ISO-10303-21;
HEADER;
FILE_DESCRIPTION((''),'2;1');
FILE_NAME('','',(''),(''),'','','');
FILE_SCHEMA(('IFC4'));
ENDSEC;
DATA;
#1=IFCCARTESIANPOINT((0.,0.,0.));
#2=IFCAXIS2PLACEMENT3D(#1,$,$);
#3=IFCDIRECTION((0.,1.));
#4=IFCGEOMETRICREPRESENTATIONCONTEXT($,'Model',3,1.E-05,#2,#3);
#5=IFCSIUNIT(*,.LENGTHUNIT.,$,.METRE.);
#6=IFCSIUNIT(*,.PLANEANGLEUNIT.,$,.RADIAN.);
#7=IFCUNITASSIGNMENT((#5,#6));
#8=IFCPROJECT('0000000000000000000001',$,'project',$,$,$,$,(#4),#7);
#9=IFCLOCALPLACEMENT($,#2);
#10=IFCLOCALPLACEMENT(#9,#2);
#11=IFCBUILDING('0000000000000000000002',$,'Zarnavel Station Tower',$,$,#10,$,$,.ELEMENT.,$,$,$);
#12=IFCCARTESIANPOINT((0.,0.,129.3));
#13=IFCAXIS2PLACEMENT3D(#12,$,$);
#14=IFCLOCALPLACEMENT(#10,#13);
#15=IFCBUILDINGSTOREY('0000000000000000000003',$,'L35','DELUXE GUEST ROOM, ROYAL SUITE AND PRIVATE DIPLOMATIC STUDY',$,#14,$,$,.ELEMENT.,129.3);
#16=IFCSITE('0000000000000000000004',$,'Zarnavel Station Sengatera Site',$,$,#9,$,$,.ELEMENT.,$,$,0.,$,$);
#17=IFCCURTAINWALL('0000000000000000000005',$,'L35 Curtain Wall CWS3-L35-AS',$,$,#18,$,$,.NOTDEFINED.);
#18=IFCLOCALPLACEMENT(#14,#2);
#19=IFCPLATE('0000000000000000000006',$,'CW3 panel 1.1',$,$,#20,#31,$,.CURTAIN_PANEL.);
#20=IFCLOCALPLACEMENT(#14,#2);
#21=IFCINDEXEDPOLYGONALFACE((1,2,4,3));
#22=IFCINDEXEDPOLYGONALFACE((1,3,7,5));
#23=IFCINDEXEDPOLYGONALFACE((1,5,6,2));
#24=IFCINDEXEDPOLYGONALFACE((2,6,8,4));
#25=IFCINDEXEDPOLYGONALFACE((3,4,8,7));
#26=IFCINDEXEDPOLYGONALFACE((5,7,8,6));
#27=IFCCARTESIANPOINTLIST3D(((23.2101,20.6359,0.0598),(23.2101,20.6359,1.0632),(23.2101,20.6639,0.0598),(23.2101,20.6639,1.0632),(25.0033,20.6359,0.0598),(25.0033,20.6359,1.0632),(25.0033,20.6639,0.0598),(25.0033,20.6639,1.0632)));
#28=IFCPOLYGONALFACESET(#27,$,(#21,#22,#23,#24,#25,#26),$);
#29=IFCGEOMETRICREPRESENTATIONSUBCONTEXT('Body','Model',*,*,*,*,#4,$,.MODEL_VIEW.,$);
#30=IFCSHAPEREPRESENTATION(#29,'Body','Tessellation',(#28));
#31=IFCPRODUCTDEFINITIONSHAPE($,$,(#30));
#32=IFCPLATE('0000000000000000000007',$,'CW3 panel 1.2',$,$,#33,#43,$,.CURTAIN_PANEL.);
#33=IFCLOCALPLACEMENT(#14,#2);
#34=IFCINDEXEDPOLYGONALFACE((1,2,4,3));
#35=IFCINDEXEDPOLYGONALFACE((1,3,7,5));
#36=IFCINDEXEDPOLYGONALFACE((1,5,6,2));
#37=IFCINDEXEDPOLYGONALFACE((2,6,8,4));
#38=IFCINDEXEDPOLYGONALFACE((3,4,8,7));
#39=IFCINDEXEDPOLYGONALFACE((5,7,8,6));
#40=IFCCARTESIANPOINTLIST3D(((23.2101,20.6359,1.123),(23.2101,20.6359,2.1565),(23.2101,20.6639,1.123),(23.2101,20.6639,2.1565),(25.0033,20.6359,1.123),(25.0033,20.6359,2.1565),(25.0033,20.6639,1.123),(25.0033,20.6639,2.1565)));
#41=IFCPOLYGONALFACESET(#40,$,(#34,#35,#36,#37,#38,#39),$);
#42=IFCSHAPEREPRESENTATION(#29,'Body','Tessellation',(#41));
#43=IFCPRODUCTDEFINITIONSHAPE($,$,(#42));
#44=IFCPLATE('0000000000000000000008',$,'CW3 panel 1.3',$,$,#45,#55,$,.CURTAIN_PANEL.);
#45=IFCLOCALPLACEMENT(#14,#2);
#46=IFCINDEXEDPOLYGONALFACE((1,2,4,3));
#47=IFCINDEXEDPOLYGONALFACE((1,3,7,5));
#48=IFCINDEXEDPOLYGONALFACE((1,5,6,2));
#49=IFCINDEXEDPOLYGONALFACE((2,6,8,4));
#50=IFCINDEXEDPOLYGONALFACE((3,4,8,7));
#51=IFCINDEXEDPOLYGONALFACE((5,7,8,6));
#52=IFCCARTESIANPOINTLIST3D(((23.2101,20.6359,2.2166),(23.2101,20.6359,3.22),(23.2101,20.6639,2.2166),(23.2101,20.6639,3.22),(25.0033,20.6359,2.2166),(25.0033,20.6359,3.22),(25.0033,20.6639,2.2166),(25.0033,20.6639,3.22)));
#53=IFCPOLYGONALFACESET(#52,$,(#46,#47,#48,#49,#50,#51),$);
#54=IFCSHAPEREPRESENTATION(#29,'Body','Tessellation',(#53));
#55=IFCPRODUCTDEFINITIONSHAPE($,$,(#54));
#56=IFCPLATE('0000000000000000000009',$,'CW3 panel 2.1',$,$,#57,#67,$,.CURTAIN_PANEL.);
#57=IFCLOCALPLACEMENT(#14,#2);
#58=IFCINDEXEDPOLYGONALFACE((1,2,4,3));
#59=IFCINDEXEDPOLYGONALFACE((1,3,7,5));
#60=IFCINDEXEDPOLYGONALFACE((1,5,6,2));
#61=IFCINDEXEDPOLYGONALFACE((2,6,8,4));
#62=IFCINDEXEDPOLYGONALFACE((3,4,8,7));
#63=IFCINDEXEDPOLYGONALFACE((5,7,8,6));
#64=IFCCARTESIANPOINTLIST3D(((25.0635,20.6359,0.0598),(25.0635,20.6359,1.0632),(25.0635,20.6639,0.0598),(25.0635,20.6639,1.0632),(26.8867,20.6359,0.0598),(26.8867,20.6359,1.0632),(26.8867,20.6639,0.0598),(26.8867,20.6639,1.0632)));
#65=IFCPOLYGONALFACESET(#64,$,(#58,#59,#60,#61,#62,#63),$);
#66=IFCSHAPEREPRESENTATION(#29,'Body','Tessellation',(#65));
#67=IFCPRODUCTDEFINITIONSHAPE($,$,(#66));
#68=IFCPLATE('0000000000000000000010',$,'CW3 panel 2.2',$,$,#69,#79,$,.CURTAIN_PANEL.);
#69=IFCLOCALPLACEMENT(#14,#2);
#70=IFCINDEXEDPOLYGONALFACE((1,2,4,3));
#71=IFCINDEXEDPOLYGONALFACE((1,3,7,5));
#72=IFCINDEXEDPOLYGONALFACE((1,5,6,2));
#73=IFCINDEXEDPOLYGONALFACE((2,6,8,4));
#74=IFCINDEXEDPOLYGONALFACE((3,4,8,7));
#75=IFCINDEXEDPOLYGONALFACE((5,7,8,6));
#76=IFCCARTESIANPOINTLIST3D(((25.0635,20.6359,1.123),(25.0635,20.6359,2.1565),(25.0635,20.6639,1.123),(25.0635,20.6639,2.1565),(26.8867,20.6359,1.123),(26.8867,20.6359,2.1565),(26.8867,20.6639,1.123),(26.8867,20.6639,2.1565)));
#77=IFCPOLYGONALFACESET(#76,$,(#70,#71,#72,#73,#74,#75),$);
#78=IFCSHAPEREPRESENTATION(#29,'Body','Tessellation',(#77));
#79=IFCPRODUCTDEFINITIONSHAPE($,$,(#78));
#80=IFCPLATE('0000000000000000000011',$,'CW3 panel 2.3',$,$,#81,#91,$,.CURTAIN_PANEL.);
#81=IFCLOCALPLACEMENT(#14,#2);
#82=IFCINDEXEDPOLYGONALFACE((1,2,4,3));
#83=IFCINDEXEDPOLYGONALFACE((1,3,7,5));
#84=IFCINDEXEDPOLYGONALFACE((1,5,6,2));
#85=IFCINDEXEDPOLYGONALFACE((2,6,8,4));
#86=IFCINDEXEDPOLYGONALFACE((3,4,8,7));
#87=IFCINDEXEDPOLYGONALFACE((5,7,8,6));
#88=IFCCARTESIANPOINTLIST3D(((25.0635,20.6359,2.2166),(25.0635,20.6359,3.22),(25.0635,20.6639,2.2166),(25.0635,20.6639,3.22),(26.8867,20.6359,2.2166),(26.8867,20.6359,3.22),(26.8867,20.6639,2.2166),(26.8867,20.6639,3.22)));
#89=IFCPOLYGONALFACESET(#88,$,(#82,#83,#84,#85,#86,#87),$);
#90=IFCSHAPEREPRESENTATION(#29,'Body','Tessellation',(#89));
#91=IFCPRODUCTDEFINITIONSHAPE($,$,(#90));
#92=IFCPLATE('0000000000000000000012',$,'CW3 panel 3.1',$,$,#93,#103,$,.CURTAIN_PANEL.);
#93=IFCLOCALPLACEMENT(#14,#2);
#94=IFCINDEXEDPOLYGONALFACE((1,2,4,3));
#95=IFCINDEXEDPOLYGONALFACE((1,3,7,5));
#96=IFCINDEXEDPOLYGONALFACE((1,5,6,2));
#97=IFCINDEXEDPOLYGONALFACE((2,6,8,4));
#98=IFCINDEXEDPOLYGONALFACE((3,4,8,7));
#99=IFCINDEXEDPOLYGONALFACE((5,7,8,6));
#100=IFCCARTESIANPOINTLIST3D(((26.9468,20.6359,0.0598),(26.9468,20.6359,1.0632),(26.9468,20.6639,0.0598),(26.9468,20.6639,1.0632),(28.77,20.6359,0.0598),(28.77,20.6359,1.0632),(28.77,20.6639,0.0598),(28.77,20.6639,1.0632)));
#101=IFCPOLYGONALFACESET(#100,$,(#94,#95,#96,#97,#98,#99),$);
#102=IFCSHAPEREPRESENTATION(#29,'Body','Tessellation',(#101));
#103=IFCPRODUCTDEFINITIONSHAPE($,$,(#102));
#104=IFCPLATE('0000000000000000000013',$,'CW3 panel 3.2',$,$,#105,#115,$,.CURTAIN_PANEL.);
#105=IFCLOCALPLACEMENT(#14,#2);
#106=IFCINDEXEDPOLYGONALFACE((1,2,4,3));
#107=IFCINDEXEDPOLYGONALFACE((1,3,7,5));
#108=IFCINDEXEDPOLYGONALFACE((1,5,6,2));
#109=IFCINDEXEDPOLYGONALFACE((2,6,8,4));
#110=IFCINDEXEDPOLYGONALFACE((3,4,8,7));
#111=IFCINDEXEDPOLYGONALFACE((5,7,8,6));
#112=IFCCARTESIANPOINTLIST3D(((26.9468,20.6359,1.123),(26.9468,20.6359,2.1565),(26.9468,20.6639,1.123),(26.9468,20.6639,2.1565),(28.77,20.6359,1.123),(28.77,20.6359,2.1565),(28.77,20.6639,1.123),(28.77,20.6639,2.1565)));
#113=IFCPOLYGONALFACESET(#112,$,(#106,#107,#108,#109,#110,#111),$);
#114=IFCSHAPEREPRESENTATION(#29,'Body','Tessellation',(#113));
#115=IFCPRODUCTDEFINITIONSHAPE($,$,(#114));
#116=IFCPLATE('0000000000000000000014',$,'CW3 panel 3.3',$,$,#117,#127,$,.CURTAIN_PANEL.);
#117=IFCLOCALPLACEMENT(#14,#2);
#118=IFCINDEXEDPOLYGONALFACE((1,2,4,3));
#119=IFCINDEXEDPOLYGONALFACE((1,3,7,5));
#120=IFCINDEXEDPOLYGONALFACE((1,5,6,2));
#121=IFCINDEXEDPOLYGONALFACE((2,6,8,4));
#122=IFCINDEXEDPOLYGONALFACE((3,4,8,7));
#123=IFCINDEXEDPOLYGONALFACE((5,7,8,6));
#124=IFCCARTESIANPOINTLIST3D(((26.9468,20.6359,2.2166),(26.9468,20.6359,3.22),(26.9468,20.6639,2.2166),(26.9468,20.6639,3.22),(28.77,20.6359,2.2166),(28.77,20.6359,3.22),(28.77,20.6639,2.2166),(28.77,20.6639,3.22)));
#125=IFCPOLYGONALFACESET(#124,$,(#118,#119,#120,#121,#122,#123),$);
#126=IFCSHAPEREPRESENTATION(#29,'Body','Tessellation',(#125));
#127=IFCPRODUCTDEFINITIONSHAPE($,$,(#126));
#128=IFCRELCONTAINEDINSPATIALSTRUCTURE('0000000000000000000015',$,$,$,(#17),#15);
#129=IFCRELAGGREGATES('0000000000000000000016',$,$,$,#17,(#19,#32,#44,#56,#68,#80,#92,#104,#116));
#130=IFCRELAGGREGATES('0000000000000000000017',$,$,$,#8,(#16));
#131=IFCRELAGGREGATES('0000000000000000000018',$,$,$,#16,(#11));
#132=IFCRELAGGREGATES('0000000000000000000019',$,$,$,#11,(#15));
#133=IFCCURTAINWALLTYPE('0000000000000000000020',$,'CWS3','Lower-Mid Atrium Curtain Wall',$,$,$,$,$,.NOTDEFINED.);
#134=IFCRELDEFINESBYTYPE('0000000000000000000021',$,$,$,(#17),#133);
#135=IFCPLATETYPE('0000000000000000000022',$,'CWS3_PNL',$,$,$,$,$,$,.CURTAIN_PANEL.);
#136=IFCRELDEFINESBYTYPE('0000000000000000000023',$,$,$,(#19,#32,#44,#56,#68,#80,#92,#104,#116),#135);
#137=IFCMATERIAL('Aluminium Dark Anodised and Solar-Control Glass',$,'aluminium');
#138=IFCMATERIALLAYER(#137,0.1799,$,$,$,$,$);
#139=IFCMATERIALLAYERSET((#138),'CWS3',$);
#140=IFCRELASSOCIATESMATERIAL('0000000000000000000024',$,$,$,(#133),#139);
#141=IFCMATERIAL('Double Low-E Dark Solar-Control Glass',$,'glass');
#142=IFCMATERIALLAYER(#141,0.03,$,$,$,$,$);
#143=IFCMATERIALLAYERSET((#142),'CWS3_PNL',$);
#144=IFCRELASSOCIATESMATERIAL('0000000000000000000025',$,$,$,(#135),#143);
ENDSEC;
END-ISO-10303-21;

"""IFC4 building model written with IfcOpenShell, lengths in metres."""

from ifc_helpers import new_model, si_unit, direction, frame, origin, origin_2d, place, context, subcontext, project, spatial, rectangle, extrude, material, layer, layer_set, type_object, element, aggregate, save


model = new_model("IFC4")

# Units and contexts
model_context = context("Model", 3, precision=1e-05, world=origin(), true_north=direction((0.0, 1.0)))
body_context = subcontext(model_context, "Body", "Model", "MODEL_VIEW")
ifc_project = project(units=[si_unit("LENGTHUNIT", "METRE"), si_unit("PLANEANGLEUNIT", "RADIAN")], contexts=[model_context])

# Site, building, storey
site_placement = place(None, origin())
site = spatial("IfcSite", under=ifc_project, at=site_placement, Name="Zarnavel Station Sengatera Site", CompositionType="ELEMENT", RefElevation=0.0)
building_placement = place(site_placement, origin())
building = spatial("IfcBuilding", under=site, at=building_placement, Name="Zarnavel Station Tower", CompositionType="ELEMENT")
storey_placement = place(building_placement, frame((0.0, 0.0, 129.3)))
storey = spatial("IfcBuildingStorey", under=building, at=storey_placement, Name="L35", Description="DELUXE GUEST ROOM, ROYAL SUITE AND PRIVATE DIPLOMATIC STUDY", CompositionType="ELEMENT", Elevation=129.3)

# Curtain wall, plates
ifc_material_1 = material(Name="Aluminium Dark Anodised and Solar-Control Glass", Category="aluminium")
ifc_layer_1 = layer(ifc_material_1, 0.1799)
ifc_layer_set_1 = layer_set([ifc_layer_1], Name="CWS3")
curtain_wall_type = type_object("IfcCurtainWallType", Name="CWS3", Description="Lower-Mid Atrium Curtain Wall", PredefinedType="NOTDEFINED", material=ifc_layer_set_1)
curtain_wall_placement = place(storey_placement, origin())
curtain_wall = element("IfcCurtainWall", 1, at=curtain_wall_placement, inside=storey, type_object=curtain_wall_type, Name="L35 Curtain Wall CWS3-L35-AS", PredefinedType="NOTDEFINED")
ifc_material_2 = material(Name="Double Low-E Dark Solar-Control Glass", Category="glass")
ifc_layer_2 = layer(ifc_material_2, 0.03)
ifc_layer_set_2 = layer_set([ifc_layer_2], Name="CWS3_PNL")
plate_type = type_object("IfcPlateType", Name="CWS3_PNL", PredefinedType="CURTAIN_PANEL", material=ifc_layer_set_2)
plate_1_placement = place(storey_placement, frame((24.1067, 20.6499, 0.0598), z_axis=(0.0, 0.0, 1.0), x_axis=(1.0, 0.0, 0.0)))
plate_1 = element("IfcPlate", 2, at=plate_1_placement, type_object=plate_type, Name="CW3 panel 1.1", PredefinedType="CURTAIN_PANEL", context=body_context, shape_type="SweptSolid", body=[
    extrude(rectangle(XDim=1.7932, YDim=0.0281, at=origin_2d()), origin(), (0.0, 0.0, 1.0), 1.0034),
])
plate_2_placement = place(storey_placement, frame((24.1067, 20.6499, 1.123), z_axis=(0.0, 0.0, 1.0), x_axis=(1.0, 0.0, 0.0)))
plate_2 = element("IfcPlate", 3, at=plate_2_placement, type_object=plate_type, Name="CW3 panel 1.2", PredefinedType="CURTAIN_PANEL", context=body_context, shape_type="SweptSolid", body=[
    extrude(rectangle(XDim=1.7932, YDim=0.0281, at=origin_2d()), origin(), (0.0, 0.0, 1.0), 1.0334),
])
plate_3_placement = place(storey_placement, frame((24.1067, 20.6499, 2.2166), z_axis=(0.0, 0.0, 1.0), x_axis=(1.0, 0.0, 0.0)))
plate_3 = element("IfcPlate", 4, at=plate_3_placement, type_object=plate_type, Name="CW3 panel 1.3", PredefinedType="CURTAIN_PANEL", context=body_context, shape_type="SweptSolid", body=[
    extrude(rectangle(XDim=1.7932, YDim=0.0281, at=origin_2d()), origin(), (0.0, 0.0, 1.0), 1.0034),
])
plate_4_placement = place(storey_placement, frame((25.9751, 20.6499, 0.0598), z_axis=(0.0, 0.0, 1.0), x_axis=(1.0, 0.0, 0.0)))
plate_4 = element("IfcPlate", 5, at=plate_4_placement, type_object=plate_type, Name="CW3 panel 2.1", PredefinedType="CURTAIN_PANEL", context=body_context, shape_type="SweptSolid", body=[
    extrude(rectangle(XDim=1.8232, YDim=0.0281, at=origin_2d()), origin(), (0.0, 0.0, 1.0), 1.0034),
])
plate_5_placement = place(storey_placement, frame((25.9751, 20.6499, 1.123), z_axis=(0.0, 0.0, 1.0), x_axis=(1.0, 0.0, 0.0)))
plate_5 = element("IfcPlate", 6, at=plate_5_placement, type_object=plate_type, Name="CW3 panel 2.2", PredefinedType="CURTAIN_PANEL", context=body_context, shape_type="SweptSolid", body=[
    extrude(rectangle(XDim=1.8232, YDim=0.0281, at=origin_2d()), origin(), (0.0, 0.0, 1.0), 1.0334),
])
plate_6_placement = place(storey_placement, frame((25.9751, 20.6499, 2.2166), z_axis=(0.0, 0.0, 1.0), x_axis=(1.0, 0.0, 0.0)))
plate_6 = element("IfcPlate", 7, at=plate_6_placement, type_object=plate_type, Name="CW3 panel 2.3", PredefinedType="CURTAIN_PANEL", context=body_context, shape_type="SweptSolid", body=[
    extrude(rectangle(XDim=1.8232, YDim=0.0281, at=origin_2d()), origin(), (0.0, 0.0, 1.0), 1.0034),
])
plate_7_placement = place(storey_placement, frame((27.8584, 20.6499, 0.0598), z_axis=(0.0, 0.0, 1.0), x_axis=(1.0, 0.0, 0.0)))
plate_7 = element("IfcPlate", 8, at=plate_7_placement, type_object=plate_type, Name="CW3 panel 3.1", PredefinedType="CURTAIN_PANEL", context=body_context, shape_type="SweptSolid", body=[
    extrude(rectangle(XDim=1.8232, YDim=0.0281, at=origin_2d()), origin(), (0.0, 0.0, 1.0), 1.0034),
])
plate_8_placement = place(storey_placement, frame((27.8584, 20.6499, 1.123), z_axis=(0.0, 0.0, 1.0), x_axis=(1.0, 0.0, 0.0)))
plate_8 = element("IfcPlate", 9, at=plate_8_placement, type_object=plate_type, Name="CW3 panel 3.2", PredefinedType="CURTAIN_PANEL", context=body_context, shape_type="SweptSolid", body=[
    extrude(rectangle(XDim=1.8232, YDim=0.0281, at=origin_2d()), origin(), (0.0, 0.0, 1.0), 1.0334),
])
plate_9_placement = place(storey_placement, frame((27.8584, 20.6499, 2.2166), z_axis=(0.0, 0.0, 1.0), x_axis=(1.0, 0.0, 0.0)))
plate_9 = element("IfcPlate", 10, at=plate_9_placement, type_object=plate_type, Name="CW3 panel 3.3", PredefinedType="CURTAIN_PANEL", context=body_context, shape_type="SweptSolid", body=[
    extrude(rectangle(XDim=1.8232, YDim=0.0281, at=origin_2d()), origin(), (0.0, 0.0, 1.0), 1.0034),
])
aggregate(curtain_wall, [plate_1, plate_2, plate_3, plate_4, plate_5, plate_6, plate_7, plate_8, plate_9])

save(model, "model.ifc")
